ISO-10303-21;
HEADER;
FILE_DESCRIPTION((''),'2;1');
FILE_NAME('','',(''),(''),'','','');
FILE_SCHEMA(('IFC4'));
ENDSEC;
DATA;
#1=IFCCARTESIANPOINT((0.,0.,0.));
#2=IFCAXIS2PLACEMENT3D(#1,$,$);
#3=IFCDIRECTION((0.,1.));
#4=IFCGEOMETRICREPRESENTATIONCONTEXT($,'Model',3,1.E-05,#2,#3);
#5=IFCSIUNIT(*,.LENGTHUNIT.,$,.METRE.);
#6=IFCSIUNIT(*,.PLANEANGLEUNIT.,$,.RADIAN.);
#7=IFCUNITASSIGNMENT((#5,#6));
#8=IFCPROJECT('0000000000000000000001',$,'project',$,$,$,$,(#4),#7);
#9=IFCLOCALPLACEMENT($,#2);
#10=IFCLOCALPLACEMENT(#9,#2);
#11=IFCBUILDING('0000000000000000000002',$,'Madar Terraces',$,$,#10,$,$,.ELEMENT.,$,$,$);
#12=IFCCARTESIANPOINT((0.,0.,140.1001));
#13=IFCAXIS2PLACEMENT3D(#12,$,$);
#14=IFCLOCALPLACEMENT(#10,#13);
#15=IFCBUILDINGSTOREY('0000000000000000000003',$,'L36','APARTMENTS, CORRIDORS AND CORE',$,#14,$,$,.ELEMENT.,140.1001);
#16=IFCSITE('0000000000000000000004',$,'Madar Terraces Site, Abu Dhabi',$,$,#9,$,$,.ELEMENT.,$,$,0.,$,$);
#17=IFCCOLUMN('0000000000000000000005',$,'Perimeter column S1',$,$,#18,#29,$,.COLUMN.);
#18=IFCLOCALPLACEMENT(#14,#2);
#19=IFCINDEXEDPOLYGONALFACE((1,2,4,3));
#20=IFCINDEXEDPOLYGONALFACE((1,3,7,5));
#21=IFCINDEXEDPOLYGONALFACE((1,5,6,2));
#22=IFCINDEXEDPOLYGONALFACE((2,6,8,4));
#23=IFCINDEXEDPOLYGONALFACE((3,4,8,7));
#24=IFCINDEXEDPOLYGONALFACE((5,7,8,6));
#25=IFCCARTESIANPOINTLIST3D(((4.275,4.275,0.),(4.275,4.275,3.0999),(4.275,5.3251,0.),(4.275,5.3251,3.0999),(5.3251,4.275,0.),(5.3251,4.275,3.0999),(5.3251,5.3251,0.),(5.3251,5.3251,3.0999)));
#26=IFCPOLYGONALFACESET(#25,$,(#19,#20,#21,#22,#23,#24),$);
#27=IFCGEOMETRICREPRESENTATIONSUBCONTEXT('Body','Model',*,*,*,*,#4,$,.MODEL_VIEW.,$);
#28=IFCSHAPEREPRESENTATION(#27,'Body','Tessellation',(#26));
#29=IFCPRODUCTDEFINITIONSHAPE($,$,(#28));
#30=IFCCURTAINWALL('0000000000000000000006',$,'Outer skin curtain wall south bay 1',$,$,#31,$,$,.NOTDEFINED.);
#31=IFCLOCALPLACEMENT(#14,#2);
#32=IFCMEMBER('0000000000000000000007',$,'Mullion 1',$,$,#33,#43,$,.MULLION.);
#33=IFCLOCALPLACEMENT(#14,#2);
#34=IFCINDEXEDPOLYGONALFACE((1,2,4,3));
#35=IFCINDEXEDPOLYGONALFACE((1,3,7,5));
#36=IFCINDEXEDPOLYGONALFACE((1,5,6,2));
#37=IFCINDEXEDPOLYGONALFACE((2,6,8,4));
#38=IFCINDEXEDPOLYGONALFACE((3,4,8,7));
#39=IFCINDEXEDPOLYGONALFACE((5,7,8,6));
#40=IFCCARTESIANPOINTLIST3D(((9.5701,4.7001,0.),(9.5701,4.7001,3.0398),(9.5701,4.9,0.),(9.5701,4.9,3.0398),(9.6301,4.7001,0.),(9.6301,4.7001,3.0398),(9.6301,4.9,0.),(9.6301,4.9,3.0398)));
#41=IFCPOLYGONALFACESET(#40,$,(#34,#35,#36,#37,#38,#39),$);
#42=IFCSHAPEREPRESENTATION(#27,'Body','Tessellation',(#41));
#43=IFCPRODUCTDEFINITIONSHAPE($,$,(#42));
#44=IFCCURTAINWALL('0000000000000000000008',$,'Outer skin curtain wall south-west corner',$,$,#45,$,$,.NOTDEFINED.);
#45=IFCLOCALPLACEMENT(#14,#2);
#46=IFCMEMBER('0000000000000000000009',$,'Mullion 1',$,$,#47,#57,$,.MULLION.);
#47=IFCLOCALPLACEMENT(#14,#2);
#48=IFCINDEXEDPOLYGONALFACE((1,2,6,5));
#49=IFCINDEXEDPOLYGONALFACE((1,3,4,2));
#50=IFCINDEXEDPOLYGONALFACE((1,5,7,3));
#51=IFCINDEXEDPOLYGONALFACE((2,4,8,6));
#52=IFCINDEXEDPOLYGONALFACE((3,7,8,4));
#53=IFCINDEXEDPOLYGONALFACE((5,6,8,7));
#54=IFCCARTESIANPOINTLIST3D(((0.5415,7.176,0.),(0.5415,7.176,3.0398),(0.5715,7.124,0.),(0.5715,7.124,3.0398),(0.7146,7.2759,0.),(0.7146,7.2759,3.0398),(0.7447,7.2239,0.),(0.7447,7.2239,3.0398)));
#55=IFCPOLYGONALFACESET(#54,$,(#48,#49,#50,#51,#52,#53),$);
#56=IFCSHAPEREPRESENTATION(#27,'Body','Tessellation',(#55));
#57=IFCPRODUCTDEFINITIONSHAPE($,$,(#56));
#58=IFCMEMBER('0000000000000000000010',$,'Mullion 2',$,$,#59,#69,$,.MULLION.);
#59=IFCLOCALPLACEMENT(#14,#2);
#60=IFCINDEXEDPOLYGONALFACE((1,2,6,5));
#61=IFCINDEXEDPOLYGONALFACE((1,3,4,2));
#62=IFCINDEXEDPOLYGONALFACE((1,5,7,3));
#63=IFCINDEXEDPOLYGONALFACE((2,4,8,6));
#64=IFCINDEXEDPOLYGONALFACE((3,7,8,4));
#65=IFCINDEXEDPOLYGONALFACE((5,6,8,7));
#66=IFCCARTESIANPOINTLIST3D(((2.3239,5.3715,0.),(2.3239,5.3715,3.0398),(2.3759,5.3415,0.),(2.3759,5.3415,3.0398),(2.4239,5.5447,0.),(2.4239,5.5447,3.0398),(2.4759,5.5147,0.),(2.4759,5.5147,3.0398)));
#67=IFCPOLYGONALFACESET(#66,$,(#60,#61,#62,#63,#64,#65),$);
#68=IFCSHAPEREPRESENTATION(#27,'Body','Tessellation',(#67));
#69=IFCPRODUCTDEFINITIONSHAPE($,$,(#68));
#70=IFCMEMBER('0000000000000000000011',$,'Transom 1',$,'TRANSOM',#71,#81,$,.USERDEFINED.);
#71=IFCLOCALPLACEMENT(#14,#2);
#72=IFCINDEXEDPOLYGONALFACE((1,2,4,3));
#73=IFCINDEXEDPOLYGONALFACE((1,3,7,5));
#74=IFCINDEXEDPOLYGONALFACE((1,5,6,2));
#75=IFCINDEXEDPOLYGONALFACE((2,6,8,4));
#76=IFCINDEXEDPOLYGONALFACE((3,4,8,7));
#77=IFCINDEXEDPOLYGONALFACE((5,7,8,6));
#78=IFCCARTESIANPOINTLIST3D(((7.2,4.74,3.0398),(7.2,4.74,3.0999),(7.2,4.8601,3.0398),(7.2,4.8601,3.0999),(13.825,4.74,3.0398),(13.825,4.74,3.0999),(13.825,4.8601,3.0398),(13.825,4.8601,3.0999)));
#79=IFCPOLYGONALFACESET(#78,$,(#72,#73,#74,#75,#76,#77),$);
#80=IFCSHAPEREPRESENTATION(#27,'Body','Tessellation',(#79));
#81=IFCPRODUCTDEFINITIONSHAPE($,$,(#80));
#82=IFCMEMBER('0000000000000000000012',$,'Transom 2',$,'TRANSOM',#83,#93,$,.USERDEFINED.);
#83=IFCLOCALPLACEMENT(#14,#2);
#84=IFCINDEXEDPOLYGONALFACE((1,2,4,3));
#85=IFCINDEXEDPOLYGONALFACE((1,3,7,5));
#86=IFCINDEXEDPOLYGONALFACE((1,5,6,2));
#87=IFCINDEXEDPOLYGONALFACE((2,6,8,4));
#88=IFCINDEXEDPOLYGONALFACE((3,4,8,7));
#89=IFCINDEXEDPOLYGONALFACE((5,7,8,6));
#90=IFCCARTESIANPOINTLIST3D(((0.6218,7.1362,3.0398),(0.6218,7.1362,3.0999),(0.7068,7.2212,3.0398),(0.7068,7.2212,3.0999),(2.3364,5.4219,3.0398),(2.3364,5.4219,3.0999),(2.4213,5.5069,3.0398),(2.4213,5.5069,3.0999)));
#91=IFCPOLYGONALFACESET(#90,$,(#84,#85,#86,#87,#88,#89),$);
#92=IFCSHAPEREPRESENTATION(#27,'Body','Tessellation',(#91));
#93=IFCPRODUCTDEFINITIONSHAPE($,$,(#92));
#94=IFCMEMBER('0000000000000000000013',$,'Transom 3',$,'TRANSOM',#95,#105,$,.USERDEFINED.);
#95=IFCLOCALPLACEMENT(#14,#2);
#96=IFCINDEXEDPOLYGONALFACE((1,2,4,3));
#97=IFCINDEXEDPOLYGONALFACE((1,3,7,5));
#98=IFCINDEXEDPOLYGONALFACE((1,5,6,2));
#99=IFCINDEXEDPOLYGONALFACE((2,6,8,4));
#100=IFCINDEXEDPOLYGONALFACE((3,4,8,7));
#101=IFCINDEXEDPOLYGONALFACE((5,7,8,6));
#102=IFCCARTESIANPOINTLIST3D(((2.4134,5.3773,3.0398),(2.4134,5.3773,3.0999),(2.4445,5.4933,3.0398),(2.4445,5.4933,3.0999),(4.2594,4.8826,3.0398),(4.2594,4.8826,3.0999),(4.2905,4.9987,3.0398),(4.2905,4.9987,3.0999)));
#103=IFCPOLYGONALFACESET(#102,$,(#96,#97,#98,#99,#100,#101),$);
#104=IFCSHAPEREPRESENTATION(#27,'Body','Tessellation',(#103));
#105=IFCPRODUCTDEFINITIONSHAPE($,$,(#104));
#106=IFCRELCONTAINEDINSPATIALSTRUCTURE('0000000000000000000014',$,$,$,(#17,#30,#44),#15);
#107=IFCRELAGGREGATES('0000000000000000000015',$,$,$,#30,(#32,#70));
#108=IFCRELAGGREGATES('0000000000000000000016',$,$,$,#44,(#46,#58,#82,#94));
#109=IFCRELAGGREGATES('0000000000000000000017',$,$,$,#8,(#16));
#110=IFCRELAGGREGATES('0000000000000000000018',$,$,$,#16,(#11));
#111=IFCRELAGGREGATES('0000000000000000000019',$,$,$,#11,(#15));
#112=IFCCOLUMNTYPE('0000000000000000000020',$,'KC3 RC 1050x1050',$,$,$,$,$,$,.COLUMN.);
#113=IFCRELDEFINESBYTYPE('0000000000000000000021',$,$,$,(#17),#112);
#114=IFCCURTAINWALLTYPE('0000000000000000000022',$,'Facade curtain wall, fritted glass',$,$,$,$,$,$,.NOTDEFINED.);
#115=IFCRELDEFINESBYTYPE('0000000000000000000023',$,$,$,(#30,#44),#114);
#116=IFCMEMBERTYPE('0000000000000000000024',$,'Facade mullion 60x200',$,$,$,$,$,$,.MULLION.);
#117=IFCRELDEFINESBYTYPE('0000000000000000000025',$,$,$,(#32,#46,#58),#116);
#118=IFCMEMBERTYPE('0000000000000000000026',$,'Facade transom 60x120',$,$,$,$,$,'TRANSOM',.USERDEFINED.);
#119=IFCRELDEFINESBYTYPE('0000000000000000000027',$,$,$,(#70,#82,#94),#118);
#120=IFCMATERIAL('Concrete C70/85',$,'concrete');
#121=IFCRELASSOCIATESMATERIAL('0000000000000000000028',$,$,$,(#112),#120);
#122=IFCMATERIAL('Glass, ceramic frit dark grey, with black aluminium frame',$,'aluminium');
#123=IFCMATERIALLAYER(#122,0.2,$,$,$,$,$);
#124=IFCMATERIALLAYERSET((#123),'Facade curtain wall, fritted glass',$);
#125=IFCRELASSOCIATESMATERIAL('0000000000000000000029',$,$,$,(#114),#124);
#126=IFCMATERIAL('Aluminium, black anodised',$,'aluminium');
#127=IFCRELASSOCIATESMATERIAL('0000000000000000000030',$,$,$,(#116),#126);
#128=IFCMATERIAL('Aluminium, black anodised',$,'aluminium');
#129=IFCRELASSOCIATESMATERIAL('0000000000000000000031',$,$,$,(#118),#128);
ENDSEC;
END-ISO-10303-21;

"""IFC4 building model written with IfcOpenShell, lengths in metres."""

from ifc_helpers import new_model, si_unit, direction, frame, origin, origin_2d, place, context, subcontext, project, spatial, rectangle, extrude, material, layer, layer_set, material_profile, profile_set, type_object, element, aggregate, save


model = new_model("IFC4")

# Units and contexts
model_context = context("Model", 3, precision=1e-05, world=origin(), true_north=direction((0.0, 1.0)))
body_context = subcontext(model_context, "Body", "Model", "MODEL_VIEW")
ifc_project = project(units=[si_unit("LENGTHUNIT", "METRE"), si_unit("PLANEANGLEUNIT", "RADIAN")], contexts=[model_context])

# Site, building, storey
site_placement = place(None, origin())
site = spatial("IfcSite", under=ifc_project, at=site_placement, Name="Madar Terraces Site, Abu Dhabi", CompositionType="ELEMENT", RefElevation=0.0)
building_placement = place(site_placement, origin())
building = spatial("IfcBuilding", under=site, at=building_placement, Name="Madar Terraces", CompositionType="ELEMENT")
storey_placement = place(building_placement, frame((0.0, 0.0, 140.1001)))
storey = spatial("IfcBuildingStorey", under=building, at=storey_placement, Name="L36", Description="APARTMENTS, CORRIDORS AND CORE", CompositionType="ELEMENT", Elevation=140.1001)

# Column
ifc_material_1 = material(Name="Concrete C70/85", Category="concrete")
ifc_material_profile_1 = material_profile(ifc_material_1, rectangle(XDim=1.05, YDim=1.05, at=origin_2d()), Name="KC3 RC 1050x1050")
ifc_profile_set_1 = profile_set([ifc_material_profile_1], Name="Concrete C70/85")
column_type = type_object("IfcColumnType", Name="KC3 RC 1050x1050", PredefinedType="COLUMN", material=ifc_profile_set_1)
column_placement = place(storey_placement, frame((4.8, 4.8, 0.0), z_axis=(0.0, 0.0, 1.0), x_axis=(1.0, 0.0, 0.0)))
element("IfcColumn", 1, at=column_placement, inside=storey, type_object=column_type, Name="Perimeter column S1", PredefinedType="COLUMN", context=body_context, shape_type="SweptSolid", body=[
    extrude(rectangle(XDim=1.05, YDim=1.05, at=origin_2d()), origin(), (0.0, 0.0, 1.0), 3.0999),
])

# Curtain wall, member
ifc_material_2 = material(Name="Glass, ceramic frit dark grey, with black aluminium frame", Category="aluminium")
ifc_layer_1 = layer(ifc_material_2, 0.2)
ifc_layer_set_1 = layer_set([ifc_layer_1], Name="Facade curtain wall, fritted glass")
curtain_wall_type = type_object("IfcCurtainWallType", Name="Facade curtain wall, fritted glass", PredefinedType="NOTDEFINED", material=ifc_layer_set_1)
curtain_wall_1_placement = place(storey_placement, origin())
curtain_wall_1 = element("IfcCurtainWall", 2, at=curtain_wall_1_placement, inside=storey, type_object=curtain_wall_type, Name="Outer skin curtain wall south bay 1", PredefinedType="NOTDEFINED")
ifc_material_3 = material(Name="Aluminium, black anodised", Category="aluminium")
ifc_material_profile_2 = material_profile(ifc_material_3, rectangle(XDim=0.2, YDim=0.0601, at=origin_2d()), Name="Facade mullion 60x200")
ifc_profile_set_2 = profile_set([ifc_material_profile_2], Name="Aluminium, black anodised")
member_type_1 = type_object("IfcMemberType", Name="Facade mullion 60x200", PredefinedType="MULLION", material=ifc_profile_set_2)
member_1_placement = place(storey_placement, frame((9.6001, 4.8, 0.0), z_axis=(0.0, 0.0, 1.0), x_axis=(0.0, 1.0, 0.0)))
member_1 = element("IfcMember", 3, at=member_1_placement, type_object=member_type_1, Name="Mullion 1", PredefinedType="MULLION", context=body_context, shape_type="SweptSolid", body=[
    extrude(rectangle(XDim=0.2, YDim=0.0601, at=origin_2d()), origin(), (0.0, 0.0, 1.0), 3.0398),
])

# Curtain wall, members
curtain_wall_2_placement = place(storey_placement, origin())
curtain_wall_2 = element("IfcCurtainWall", 4, at=curtain_wall_2_placement, inside=storey, type_object=curtain_wall_type, Name="Outer skin curtain wall south-west corner", PredefinedType="NOTDEFINED")
member_2_placement = place(storey_placement, frame((0.6431, 7.2, 0.0), z_axis=(0.0, 0.0, 1.0), x_axis=(0.866025, 0.5, 0.0)))
member_2 = element("IfcMember", 5, at=member_2_placement, type_object=member_type_1, Name="Mullion 1", PredefinedType="MULLION", context=body_context, shape_type="SweptSolid", body=[
    extrude(rectangle(XDim=0.2, YDim=0.0601, at=origin_2d()), origin(), (0.0, 0.0, 1.0), 3.0398),
])
member_3_placement = place(storey_placement, frame((2.3999, 5.4431, 0.0), z_axis=(0.0, 0.0, 1.0), x_axis=(0.5, 0.866025, 0.0)))
member_3 = element("IfcMember", 6, at=member_3_placement, type_object=member_type_1, Name="Mullion 2", PredefinedType="MULLION", context=body_context, shape_type="SweptSolid", body=[
    extrude(rectangle(XDim=0.2, YDim=0.0601, at=origin_2d()), origin(), (0.0, 0.0, 1.0), 3.0398),
])

# Members
ifc_material_4 = material(Name="Aluminium, black anodised", Category="aluminium")
ifc_material_profile_3 = material_profile(ifc_material_4, rectangle(XDim=0.1201, YDim=0.0601, at=origin_2d()), Name="Facade transom 60x120")
ifc_profile_set_3 = profile_set([ifc_material_profile_3], Name="Aluminium, black anodised")
member_type_2 = type_object("IfcMemberType", Name="Facade transom 60x120", ElementType="TRANSOM", PredefinedType="USERDEFINED", material=ifc_profile_set_3)
member_4_placement = place(storey_placement, frame((7.2, 4.8, 3.0698), z_axis=(1.0, 0.0, 0.0), x_axis=(0.0, 1.0, 0.0)))
member_4 = element("IfcMember", 7, at=member_4_placement, type_object=member_type_2, Name="Transom 1", ObjectType="TRANSOM", PredefinedType="USERDEFINED", context=body_context, shape_type="SweptSolid", body=[
    extrude(rectangle(XDim=0.1201, YDim=0.0601, at=origin_2d()), origin(), (0.0, 0.0, 1.0), 6.625),
])
member_5_placement = place(storey_placement, frame((0.6643, 7.1787, 3.0698), z_axis=(0.707157, -0.707056, 0.0), x_axis=(0.707056, 0.707157, 0.0)))
member_5 = element("IfcMember", 8, at=member_5_placement, type_object=member_type_2, Name="Transom 2", ObjectType="TRANSOM", PredefinedType="USERDEFINED", context=body_context, shape_type="SweptSolid", body=[
    extrude(rectangle(XDim=0.1201, YDim=0.0601, at=origin_2d()), origin(), (0.0, 0.0, 1.0), 2.4246),
])
member_6_placement = place(storey_placement, frame((2.429, 5.4353, 3.0698), z_axis=(0.965925, -0.258823, 0.0), x_axis=(0.258823, 0.965925, 0.0)))
member_6 = element("IfcMember", 9, at=member_6_placement, type_object=member_type_2, Name="Transom 3", ObjectType="TRANSOM", PredefinedType="USERDEFINED", context=body_context, shape_type="SweptSolid", body=[
    extrude(rectangle(XDim=0.1201, YDim=0.0601, at=origin_2d()), origin(), (0.0, 0.0, 1.0), 1.9111),
])

aggregate(curtain_wall_1, [member_1, member_4])
aggregate(curtain_wall_2, [member_2, member_3, member_5, member_6])

save(model, "model.ifc")
